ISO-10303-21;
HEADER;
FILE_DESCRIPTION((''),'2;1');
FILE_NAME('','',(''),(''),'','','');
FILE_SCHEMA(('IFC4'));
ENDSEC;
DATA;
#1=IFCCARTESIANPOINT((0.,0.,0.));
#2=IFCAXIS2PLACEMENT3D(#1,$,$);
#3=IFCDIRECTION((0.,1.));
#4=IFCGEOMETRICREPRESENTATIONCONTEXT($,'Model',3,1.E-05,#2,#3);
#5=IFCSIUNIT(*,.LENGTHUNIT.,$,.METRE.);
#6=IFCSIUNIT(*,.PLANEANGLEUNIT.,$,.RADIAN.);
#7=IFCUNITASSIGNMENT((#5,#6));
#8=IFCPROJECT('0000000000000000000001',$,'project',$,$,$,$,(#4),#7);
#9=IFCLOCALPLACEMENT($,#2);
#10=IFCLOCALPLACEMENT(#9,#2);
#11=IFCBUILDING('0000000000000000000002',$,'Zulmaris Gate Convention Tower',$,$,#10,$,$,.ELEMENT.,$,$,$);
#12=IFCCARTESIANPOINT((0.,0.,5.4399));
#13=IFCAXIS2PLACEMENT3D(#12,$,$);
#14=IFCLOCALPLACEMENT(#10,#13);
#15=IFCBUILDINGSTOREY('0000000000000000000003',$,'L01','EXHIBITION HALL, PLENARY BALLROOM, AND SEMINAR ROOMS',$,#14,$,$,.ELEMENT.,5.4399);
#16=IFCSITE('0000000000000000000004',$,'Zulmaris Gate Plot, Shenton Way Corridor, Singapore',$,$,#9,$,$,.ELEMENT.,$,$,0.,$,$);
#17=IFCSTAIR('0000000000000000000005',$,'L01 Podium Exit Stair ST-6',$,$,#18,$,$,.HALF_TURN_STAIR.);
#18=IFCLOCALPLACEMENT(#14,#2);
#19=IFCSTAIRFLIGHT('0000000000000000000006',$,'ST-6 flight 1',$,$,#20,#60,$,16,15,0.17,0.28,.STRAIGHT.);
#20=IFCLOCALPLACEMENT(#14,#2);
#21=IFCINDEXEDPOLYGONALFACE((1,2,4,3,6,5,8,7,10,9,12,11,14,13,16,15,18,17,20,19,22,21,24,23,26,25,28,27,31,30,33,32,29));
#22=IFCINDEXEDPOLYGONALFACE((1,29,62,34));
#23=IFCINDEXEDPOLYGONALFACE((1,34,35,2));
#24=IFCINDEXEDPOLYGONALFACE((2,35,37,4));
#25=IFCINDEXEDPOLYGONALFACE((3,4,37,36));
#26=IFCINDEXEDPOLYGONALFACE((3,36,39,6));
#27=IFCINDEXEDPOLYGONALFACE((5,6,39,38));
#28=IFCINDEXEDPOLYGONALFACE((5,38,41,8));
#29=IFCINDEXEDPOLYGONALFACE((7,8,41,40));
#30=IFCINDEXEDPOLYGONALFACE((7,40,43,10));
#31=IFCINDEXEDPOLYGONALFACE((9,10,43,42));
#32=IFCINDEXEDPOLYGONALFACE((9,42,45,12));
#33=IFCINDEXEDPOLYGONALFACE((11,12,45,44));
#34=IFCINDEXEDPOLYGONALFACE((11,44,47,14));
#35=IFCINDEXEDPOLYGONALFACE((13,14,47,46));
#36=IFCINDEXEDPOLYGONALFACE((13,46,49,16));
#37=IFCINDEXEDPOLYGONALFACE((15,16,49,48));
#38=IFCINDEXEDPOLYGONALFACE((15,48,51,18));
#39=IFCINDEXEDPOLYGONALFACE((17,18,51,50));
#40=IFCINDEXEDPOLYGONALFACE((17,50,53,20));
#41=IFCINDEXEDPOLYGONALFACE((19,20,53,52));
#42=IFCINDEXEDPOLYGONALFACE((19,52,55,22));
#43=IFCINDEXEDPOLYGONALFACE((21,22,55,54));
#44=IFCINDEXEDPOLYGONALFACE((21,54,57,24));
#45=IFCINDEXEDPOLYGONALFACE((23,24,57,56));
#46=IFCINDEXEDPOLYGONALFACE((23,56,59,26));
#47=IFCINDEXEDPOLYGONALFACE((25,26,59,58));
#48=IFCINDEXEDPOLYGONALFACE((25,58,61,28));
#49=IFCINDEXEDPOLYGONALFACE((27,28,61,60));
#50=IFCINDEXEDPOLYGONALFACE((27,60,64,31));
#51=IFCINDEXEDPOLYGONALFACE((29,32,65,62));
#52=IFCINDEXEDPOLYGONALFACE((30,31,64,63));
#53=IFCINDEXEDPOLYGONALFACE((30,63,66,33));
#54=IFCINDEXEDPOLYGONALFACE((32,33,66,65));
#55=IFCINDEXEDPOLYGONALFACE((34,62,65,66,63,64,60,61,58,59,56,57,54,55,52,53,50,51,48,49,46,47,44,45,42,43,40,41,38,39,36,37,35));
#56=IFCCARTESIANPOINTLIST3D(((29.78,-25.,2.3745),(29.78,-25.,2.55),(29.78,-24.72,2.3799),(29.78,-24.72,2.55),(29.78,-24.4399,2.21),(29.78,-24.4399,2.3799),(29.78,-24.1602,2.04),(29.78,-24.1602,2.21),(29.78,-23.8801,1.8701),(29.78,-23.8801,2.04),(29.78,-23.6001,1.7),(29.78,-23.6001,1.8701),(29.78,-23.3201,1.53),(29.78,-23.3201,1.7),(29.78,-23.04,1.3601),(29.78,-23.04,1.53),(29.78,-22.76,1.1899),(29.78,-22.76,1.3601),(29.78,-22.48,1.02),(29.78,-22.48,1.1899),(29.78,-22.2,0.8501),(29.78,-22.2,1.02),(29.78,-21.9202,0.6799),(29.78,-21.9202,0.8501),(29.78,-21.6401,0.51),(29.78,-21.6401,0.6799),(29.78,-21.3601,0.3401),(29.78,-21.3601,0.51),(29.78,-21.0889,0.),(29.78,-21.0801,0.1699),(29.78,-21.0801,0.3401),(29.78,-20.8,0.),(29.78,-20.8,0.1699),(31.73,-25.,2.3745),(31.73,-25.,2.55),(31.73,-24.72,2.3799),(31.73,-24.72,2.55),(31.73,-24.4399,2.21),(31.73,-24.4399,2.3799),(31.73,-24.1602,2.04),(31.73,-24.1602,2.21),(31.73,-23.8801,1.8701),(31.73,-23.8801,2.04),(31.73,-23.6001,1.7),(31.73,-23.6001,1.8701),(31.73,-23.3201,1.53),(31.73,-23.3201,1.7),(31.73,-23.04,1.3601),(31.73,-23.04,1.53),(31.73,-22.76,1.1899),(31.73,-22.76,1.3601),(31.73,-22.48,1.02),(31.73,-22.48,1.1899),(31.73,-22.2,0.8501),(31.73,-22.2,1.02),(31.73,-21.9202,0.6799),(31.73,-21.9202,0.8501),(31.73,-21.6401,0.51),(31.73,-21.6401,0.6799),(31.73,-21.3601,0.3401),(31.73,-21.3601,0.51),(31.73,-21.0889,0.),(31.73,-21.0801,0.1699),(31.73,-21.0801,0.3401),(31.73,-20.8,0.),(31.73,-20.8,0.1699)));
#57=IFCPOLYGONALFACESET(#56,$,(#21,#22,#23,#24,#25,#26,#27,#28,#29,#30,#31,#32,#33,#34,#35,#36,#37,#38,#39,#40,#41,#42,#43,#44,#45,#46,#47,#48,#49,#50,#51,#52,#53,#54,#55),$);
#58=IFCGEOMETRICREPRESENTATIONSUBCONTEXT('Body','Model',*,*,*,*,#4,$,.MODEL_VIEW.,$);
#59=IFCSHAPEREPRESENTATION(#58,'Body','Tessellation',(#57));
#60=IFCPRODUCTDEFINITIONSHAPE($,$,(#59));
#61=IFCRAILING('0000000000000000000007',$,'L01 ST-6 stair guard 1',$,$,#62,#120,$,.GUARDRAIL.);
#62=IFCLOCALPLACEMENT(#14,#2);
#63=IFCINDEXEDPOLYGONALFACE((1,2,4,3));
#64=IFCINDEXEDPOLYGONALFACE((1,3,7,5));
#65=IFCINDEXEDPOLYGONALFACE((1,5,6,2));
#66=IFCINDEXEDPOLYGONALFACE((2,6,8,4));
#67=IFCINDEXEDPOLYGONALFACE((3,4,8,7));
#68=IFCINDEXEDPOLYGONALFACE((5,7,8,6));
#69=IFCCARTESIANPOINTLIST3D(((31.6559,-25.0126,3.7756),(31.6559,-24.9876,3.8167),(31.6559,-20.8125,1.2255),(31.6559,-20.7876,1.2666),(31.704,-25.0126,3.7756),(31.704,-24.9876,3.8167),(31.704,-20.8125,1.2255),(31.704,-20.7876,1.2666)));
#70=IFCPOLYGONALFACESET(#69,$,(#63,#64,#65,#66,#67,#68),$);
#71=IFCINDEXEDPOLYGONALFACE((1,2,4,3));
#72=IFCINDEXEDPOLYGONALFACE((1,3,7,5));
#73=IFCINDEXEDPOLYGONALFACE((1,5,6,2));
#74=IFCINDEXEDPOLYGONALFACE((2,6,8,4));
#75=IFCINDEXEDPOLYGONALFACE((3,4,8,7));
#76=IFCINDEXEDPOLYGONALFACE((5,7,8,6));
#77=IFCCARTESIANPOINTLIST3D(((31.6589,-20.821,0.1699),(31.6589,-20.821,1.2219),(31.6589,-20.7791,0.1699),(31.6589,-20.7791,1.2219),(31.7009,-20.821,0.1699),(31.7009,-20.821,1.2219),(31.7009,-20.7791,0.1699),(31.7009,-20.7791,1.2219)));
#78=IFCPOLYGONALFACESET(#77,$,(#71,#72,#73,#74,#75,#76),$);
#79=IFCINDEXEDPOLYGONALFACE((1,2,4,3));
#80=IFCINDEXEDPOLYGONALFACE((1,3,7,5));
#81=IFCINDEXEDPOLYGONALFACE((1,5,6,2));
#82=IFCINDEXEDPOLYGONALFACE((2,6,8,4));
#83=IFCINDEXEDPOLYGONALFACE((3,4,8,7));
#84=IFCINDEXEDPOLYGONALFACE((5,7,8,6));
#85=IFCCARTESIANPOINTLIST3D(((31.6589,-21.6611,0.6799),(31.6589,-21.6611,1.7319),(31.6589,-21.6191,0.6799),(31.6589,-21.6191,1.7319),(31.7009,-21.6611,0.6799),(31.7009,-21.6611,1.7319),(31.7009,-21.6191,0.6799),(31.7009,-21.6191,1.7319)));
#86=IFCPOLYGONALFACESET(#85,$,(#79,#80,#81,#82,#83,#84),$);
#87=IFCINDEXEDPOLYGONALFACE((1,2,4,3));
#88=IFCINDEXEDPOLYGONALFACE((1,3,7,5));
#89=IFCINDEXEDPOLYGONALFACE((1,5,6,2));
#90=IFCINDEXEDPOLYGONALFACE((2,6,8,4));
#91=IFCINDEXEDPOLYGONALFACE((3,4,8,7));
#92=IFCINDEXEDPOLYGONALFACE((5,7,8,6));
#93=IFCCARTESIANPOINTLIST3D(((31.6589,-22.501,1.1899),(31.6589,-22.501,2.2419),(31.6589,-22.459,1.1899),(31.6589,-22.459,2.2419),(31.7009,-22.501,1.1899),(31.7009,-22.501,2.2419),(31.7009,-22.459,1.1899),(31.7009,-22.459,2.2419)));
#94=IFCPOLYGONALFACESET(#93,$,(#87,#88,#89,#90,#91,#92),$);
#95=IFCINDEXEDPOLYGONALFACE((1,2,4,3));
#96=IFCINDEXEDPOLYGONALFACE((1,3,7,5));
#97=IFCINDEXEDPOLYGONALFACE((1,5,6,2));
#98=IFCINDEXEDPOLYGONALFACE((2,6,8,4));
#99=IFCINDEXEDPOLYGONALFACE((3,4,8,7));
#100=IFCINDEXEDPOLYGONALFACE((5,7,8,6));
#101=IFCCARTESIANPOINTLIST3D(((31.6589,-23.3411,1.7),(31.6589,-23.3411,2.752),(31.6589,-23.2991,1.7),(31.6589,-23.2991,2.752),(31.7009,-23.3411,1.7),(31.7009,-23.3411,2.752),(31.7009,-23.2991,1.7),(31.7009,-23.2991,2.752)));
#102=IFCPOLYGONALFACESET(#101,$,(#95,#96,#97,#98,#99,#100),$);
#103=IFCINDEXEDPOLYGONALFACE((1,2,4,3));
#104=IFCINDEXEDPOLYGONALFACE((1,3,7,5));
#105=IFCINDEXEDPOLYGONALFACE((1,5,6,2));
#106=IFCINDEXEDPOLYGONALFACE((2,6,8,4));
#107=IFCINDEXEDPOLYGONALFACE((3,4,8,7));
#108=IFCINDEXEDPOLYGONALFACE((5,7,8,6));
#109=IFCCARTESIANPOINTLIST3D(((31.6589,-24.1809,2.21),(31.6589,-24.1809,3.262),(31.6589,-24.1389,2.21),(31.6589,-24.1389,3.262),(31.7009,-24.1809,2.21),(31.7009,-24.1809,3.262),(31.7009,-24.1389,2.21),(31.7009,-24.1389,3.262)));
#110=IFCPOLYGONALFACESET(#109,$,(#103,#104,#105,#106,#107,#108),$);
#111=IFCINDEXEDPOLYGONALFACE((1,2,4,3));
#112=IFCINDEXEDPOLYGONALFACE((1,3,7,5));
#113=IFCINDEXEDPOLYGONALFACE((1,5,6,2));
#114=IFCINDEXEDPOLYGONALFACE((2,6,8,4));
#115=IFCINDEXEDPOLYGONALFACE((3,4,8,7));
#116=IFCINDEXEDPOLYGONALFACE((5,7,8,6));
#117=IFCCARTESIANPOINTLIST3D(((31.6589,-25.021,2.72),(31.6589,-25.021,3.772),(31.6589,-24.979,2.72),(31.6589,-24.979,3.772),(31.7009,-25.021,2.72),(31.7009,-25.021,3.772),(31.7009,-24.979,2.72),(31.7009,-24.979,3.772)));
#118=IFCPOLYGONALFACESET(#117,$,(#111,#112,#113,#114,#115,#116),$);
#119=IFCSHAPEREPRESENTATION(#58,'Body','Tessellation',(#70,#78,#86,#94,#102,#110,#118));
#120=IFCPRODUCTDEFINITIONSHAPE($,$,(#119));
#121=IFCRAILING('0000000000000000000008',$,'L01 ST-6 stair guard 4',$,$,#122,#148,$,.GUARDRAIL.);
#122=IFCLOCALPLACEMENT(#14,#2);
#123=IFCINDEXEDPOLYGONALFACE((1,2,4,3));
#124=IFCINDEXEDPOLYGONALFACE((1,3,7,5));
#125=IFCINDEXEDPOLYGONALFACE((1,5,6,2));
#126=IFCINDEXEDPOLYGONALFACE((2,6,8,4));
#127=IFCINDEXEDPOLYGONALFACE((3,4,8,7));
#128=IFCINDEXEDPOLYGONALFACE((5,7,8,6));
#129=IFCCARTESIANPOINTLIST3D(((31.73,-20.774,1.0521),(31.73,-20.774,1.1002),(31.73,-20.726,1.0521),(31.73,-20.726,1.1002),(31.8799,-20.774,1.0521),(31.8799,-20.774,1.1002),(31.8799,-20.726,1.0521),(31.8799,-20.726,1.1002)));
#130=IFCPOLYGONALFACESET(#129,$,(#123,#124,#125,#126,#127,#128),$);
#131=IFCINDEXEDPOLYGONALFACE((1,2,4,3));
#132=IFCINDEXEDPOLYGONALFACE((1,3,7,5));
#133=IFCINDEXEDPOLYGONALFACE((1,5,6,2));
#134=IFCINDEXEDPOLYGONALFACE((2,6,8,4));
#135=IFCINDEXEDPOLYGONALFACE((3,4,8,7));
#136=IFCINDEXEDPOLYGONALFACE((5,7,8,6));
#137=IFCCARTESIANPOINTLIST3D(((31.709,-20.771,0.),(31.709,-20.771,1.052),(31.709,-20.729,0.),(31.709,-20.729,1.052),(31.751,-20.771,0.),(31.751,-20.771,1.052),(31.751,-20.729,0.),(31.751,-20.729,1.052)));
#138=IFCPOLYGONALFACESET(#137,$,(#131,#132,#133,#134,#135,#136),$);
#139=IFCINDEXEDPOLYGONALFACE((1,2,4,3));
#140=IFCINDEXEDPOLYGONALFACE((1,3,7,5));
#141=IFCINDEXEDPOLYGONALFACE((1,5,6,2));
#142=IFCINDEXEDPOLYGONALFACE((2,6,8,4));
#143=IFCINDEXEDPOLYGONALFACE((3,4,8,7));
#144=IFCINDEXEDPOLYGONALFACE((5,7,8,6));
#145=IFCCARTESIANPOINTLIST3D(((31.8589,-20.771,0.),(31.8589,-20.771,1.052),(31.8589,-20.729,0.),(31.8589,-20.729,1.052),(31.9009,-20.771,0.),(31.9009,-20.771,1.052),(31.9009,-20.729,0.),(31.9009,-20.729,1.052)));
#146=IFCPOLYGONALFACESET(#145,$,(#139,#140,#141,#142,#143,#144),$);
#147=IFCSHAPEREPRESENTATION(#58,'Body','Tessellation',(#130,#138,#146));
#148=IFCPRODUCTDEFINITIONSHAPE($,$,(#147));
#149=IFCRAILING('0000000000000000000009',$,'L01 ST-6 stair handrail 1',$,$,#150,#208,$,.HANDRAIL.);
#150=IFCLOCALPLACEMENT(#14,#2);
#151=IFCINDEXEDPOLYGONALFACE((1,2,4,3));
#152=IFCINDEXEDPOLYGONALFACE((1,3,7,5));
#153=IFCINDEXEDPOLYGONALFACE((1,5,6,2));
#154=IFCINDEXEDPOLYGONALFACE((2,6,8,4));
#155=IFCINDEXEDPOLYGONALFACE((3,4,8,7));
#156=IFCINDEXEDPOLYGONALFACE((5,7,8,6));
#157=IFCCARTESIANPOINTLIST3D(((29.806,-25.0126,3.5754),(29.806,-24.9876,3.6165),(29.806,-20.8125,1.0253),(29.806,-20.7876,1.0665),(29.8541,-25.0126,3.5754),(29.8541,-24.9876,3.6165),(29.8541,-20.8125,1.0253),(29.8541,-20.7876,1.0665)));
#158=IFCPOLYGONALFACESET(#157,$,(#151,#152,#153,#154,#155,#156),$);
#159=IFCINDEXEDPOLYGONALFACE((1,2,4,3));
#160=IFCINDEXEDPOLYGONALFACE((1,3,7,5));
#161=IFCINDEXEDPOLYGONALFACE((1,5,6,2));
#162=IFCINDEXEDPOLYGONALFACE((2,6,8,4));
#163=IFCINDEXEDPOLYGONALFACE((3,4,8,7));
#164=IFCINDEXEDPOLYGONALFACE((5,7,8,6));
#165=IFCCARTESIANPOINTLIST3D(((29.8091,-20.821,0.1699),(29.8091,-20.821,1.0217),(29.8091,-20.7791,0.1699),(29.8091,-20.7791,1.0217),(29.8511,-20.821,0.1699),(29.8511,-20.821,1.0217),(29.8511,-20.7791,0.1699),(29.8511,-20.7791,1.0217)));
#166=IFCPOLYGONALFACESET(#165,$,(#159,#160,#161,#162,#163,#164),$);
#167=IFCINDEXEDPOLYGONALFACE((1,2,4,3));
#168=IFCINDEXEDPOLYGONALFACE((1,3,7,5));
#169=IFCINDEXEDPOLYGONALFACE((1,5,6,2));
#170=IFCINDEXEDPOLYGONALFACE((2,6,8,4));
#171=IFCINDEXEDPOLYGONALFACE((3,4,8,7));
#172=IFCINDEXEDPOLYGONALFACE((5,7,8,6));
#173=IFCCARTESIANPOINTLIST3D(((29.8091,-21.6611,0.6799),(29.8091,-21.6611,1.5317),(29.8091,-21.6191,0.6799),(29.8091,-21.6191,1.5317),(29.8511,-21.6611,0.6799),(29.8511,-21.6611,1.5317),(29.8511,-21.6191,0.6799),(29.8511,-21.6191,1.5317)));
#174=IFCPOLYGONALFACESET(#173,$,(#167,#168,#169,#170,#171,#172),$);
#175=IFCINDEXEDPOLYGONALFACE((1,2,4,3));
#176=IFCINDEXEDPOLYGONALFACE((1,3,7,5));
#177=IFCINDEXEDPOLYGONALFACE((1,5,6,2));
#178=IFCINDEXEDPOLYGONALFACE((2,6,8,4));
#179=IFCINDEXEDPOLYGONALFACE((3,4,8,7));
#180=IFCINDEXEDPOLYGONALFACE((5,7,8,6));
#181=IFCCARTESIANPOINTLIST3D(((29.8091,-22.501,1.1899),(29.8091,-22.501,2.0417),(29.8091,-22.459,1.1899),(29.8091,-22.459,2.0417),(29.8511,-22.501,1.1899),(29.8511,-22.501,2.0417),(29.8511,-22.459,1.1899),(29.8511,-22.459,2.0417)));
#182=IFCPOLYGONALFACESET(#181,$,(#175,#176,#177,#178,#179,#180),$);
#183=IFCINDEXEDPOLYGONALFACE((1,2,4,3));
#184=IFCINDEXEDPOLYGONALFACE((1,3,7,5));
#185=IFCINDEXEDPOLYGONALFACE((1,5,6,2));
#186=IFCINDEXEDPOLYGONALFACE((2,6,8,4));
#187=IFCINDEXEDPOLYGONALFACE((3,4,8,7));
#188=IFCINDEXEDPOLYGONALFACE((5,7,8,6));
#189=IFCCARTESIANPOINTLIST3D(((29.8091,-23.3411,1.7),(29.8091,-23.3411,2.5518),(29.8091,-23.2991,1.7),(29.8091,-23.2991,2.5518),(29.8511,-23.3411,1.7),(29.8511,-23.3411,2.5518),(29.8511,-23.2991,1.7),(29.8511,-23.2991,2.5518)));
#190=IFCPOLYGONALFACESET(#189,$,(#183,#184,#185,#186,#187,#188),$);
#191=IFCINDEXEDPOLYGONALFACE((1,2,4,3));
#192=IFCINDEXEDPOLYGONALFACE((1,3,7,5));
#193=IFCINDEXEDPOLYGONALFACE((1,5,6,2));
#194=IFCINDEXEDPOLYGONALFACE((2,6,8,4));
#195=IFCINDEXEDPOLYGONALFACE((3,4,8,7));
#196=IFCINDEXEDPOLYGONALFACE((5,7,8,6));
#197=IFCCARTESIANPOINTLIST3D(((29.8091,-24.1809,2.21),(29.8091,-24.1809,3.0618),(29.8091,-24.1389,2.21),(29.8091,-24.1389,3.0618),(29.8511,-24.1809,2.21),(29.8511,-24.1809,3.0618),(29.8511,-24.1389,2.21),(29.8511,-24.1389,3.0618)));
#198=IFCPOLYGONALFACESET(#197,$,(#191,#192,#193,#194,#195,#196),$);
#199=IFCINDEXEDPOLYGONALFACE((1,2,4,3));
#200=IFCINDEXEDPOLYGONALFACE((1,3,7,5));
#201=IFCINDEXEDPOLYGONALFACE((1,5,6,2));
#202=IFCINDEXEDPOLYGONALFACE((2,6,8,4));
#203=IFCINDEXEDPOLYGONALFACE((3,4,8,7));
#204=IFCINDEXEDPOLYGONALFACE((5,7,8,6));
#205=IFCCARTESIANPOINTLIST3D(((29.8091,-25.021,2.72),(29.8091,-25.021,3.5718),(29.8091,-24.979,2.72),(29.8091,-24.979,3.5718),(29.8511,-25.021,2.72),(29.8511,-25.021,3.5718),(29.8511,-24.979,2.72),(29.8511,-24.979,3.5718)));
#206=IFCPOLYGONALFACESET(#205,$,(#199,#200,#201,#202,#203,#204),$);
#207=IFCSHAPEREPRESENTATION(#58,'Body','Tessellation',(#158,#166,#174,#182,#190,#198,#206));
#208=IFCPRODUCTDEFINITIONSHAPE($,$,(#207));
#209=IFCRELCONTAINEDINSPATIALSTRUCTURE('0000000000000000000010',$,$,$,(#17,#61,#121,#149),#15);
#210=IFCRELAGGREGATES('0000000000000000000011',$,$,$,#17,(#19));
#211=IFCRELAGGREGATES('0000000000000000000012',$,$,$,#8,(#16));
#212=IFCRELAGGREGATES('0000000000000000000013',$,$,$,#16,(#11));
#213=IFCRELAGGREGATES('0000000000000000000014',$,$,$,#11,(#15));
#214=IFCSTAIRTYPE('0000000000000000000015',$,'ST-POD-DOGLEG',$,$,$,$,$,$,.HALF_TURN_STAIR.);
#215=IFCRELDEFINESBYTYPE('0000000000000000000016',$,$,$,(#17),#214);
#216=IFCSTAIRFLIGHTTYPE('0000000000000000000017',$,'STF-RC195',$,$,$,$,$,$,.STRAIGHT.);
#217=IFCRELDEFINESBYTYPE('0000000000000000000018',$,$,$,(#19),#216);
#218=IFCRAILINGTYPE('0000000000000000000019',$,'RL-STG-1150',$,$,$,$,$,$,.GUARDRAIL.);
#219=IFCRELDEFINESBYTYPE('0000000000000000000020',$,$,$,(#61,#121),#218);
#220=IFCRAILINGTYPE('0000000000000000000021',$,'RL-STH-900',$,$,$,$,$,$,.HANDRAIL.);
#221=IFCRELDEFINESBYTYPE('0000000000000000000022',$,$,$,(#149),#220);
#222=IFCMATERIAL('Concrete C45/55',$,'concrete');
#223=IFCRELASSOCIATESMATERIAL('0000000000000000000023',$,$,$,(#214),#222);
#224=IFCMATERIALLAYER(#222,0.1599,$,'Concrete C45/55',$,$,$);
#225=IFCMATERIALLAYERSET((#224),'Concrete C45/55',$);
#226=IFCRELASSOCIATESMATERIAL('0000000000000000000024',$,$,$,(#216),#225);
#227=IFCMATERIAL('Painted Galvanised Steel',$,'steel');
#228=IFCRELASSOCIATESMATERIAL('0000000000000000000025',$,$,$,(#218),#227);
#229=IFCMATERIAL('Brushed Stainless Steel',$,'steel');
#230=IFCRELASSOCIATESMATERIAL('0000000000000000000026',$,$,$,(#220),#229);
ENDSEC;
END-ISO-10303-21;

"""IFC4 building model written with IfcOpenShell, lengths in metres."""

from ifc_helpers import new_model, si_unit, direction, frame, origin, origin_2d, place, context, subcontext, project, spatial, polyline, rectangle, outline, extrude, material, layer, layer_set, type_object, element, aggregate, save


model = new_model("IFC4")

# Units and contexts
model_context = context("Model", 3, precision=1e-05, world=origin(), true_north=direction((0.0, 1.0)))
body_context = subcontext(model_context, "Body", "Model", "MODEL_VIEW")
ifc_project = project(units=[si_unit("LENGTHUNIT", "METRE"), si_unit("PLANEANGLEUNIT", "RADIAN")], contexts=[model_context])

# Site, building, storey
site_placement = place(None, origin())
site = spatial("IfcSite", under=ifc_project, at=site_placement, Name="Zulmaris Gate Plot, Shenton Way Corridor, Singapore", CompositionType="ELEMENT", RefElevation=0.0)
building_placement = place(site_placement, origin())
building = spatial("IfcBuilding", under=site, at=building_placement, Name="Zulmaris Gate Convention Tower", CompositionType="ELEMENT")
storey_placement = place(building_placement, frame((0.0, 0.0, 5.4399)))
storey = spatial("IfcBuildingStorey", under=building, at=storey_placement, Name="L01", Description="EXHIBITION HALL, PLENARY BALLROOM, AND SEMINAR ROOMS", CompositionType="ELEMENT", Elevation=5.4399)

# Stair, stair flight
ifc_material_1 = material(Name="Concrete C45/55", Category="concrete")
stair_type = type_object("IfcStairType", Name="ST-POD-DOGLEG", PredefinedType="HALF_TURN_STAIR", material=ifc_material_1)
stair_placement = place(storey_placement, origin())
stair = element("IfcStair", 1, at=stair_placement, inside=storey, type_object=stair_type, Name="L01 Podium Exit Stair ST-6", PredefinedType="HALF_TURN_STAIR")
ifc_layer_1 = layer(ifc_material_1, 0.1599, Name="Concrete C45/55")
ifc_layer_set_1 = layer_set([ifc_layer_1], Name="Concrete C45/55")
stair_flight_type = type_object("IfcStairFlightType", Name="STF-RC195", PredefinedType="STRAIGHT", material=ifc_layer_set_1)
stair_flight_placement = place(storey_placement, frame((30.7549, -20.8, 0.0), z_axis=(0.0, 0.0, 1.0), x_axis=(0.0, -1.0, 0.0)))
stair_flight = element("IfcStairFlight", 2, at=stair_flight_placement, type_object=stair_flight_type, Name="ST-6 flight 1", NumberOfRisers=16, NumberOfTreads=15, PredefinedType="STRAIGHT", RiserHeight=0.17, TreadLength=0.28, context=body_context, shape_type="SweptSolid", body=[
    extrude(outline(polyline([(0.0, 0.0), (0.0, 0.1699), (0.28, 0.1699), (0.28, 0.3401), (0.5601, 0.3401), (0.5601, 0.51), (0.8401, 0.51), (0.8401, 0.6799), (1.1201, 0.6799), (1.1201, 0.8501), (1.3999, 0.8501), (1.3999, 1.02), (1.6799, 1.02), (1.6799, 1.1899), (1.96, 1.1899), (1.96, 1.3601), (2.24, 1.3601), (2.24, 1.53), (2.52, 1.53), (2.52, 1.7), (2.8, 1.7), (2.8, 1.8701), (3.0801, 1.8701), (3.0801, 2.04), (3.3601, 2.04), (3.3601, 2.21), (3.6399, 2.21), (3.6399, 2.3799), (3.9199, 2.3799), (3.9199, 2.55), (4.2, 2.55), (4.2, 2.72), (4.2, 2.3745), (0.2888, 0.0), (0.0, 0.0)])), frame((0.0, 0.9751, 0.0), z_axis=(0.0, -1.0, 0.0), x_axis=(1.0, 0.0, 0.0)), (0.0, 0.0, 1.0), 1.95),
])
aggregate(stair, [stair_flight])

# Railings
ifc_material_2 = material(Name="Painted Galvanised Steel", Category="steel")
railing_type_1 = type_object("IfcRailingType", Name="RL-STG-1150", PredefinedType="GUARDRAIL", material=ifc_material_2)
railing_1_placement = place(storey_placement, frame((31.6799, -20.8, 0.1699)))
element("IfcRailing", 3, at=railing_1_placement, inside=storey, type_object=railing_type_1, Name="L01 ST-6 stair guard 1", PredefinedType="GUARDRAIL", context=body_context, shape_type="SweptSolid", body=[
    extrude(rectangle(XDim=0.0481, YDim=0.0481, at=origin_2d()), frame((0.0, 0.0, 1.0762), z_axis=(0.0, -0.85478, 0.51899), x_axis=(1.0, 0.0, 0.0)), (0.0, 0.0, 1.0), 4.9136),
    extrude(rectangle(XDim=0.042, YDim=0.042, at=origin_2d()), origin(), (0.0, 0.0, 1.0), 1.052),
    extrude(rectangle(XDim=0.042, YDim=0.042, at=origin_2d()), frame((0.0, -0.8401, 0.51)), (0.0, 0.0, 1.0), 1.052),
    extrude(rectangle(XDim=0.042, YDim=0.042, at=origin_2d()), frame((0.0, -1.6799, 1.02)), (0.0, 0.0, 1.0), 1.052),
    extrude(rectangle(XDim=0.042, YDim=0.042, at=origin_2d()), frame((0.0, -2.52, 1.53)), (0.0, 0.0, 1.0), 1.052),
    extrude(rectangle(XDim=0.042, YDim=0.042, at=origin_2d()), frame((0.0, -3.3599, 2.04)), (0.0, 0.0, 1.0), 1.052),
    extrude(rectangle(XDim=0.042, YDim=0.042, at=origin_2d()), frame((0.0, -4.2, 2.55)), (0.0, 0.0, 1.0), 1.052),
])
railing_2_placement = place(storey_placement, frame((31.73, -20.75, 0.0)))
element("IfcRailing", 4, at=railing_2_placement, inside=storey, type_object=railing_type_1, Name="L01 ST-6 stair guard 4", PredefinedType="GUARDRAIL", context=body_context, shape_type="SweptSolid", body=[
    extrude(rectangle(XDim=0.0481, YDim=0.0481, at=origin_2d()), frame((0.0, 0.0, 1.0762), z_axis=(1.0, 0.0, 0.0), x_axis=(0.0, 1.0, 0.0)), (0.0, 0.0, 1.0), 0.1499),
    extrude(rectangle(XDim=0.042, YDim=0.042, at=origin_2d()), origin(), (0.0, 0.0, 1.0), 1.052),
    extrude(rectangle(XDim=0.042, YDim=0.042, at=origin_2d()), frame((0.1499, 0.0, 0.0)), (0.0, 0.0, 1.0), 1.052),
])
ifc_material_3 = material(Name="Brushed Stainless Steel", Category="steel")
railing_type_2 = type_object("IfcRailingType", Name="RL-STH-900", PredefinedType="HANDRAIL", material=ifc_material_3)
railing_3_placement = place(storey_placement, frame((29.8301, -20.8, 0.1699)))
element("IfcRailing", 5, at=railing_3_placement, inside=storey, type_object=railing_type_2, Name="L01 ST-6 stair handrail 1", PredefinedType="HANDRAIL", context=body_context, shape_type="SweptSolid", body=[
    extrude(rectangle(XDim=0.0481, YDim=0.0481, at=origin_2d()), frame((0.0, 0.0, 0.876), z_axis=(0.0, -0.85478, 0.51899), x_axis=(1.0, 0.0, 0.0)), (0.0, 0.0, 1.0), 4.9136),
    extrude(rectangle(XDim=0.042, YDim=0.042, at=origin_2d()), origin(), (0.0, 0.0, 1.0), 0.8518),
    extrude(rectangle(XDim=0.042, YDim=0.042, at=origin_2d()), frame((0.0, -0.8401, 0.51)), (0.0, 0.0, 1.0), 0.8518),
    extrude(rectangle(XDim=0.042, YDim=0.042, at=origin_2d()), frame((0.0, -1.6799, 1.02)), (0.0, 0.0, 1.0), 0.8518),
    extrude(rectangle(XDim=0.042, YDim=0.042, at=origin_2d()), frame((0.0, -2.52, 1.53)), (0.0, 0.0, 1.0), 0.8518),
    extrude(rectangle(XDim=0.042, YDim=0.042, at=origin_2d()), frame((0.0, -3.3599, 2.04)), (0.0, 0.0, 1.0), 0.8518),
    extrude(rectangle(XDim=0.042, YDim=0.042, at=origin_2d()), frame((0.0, -4.2, 2.55)), (0.0, 0.0, 1.0), 0.8518),
])

save(model, "model.ifc")
